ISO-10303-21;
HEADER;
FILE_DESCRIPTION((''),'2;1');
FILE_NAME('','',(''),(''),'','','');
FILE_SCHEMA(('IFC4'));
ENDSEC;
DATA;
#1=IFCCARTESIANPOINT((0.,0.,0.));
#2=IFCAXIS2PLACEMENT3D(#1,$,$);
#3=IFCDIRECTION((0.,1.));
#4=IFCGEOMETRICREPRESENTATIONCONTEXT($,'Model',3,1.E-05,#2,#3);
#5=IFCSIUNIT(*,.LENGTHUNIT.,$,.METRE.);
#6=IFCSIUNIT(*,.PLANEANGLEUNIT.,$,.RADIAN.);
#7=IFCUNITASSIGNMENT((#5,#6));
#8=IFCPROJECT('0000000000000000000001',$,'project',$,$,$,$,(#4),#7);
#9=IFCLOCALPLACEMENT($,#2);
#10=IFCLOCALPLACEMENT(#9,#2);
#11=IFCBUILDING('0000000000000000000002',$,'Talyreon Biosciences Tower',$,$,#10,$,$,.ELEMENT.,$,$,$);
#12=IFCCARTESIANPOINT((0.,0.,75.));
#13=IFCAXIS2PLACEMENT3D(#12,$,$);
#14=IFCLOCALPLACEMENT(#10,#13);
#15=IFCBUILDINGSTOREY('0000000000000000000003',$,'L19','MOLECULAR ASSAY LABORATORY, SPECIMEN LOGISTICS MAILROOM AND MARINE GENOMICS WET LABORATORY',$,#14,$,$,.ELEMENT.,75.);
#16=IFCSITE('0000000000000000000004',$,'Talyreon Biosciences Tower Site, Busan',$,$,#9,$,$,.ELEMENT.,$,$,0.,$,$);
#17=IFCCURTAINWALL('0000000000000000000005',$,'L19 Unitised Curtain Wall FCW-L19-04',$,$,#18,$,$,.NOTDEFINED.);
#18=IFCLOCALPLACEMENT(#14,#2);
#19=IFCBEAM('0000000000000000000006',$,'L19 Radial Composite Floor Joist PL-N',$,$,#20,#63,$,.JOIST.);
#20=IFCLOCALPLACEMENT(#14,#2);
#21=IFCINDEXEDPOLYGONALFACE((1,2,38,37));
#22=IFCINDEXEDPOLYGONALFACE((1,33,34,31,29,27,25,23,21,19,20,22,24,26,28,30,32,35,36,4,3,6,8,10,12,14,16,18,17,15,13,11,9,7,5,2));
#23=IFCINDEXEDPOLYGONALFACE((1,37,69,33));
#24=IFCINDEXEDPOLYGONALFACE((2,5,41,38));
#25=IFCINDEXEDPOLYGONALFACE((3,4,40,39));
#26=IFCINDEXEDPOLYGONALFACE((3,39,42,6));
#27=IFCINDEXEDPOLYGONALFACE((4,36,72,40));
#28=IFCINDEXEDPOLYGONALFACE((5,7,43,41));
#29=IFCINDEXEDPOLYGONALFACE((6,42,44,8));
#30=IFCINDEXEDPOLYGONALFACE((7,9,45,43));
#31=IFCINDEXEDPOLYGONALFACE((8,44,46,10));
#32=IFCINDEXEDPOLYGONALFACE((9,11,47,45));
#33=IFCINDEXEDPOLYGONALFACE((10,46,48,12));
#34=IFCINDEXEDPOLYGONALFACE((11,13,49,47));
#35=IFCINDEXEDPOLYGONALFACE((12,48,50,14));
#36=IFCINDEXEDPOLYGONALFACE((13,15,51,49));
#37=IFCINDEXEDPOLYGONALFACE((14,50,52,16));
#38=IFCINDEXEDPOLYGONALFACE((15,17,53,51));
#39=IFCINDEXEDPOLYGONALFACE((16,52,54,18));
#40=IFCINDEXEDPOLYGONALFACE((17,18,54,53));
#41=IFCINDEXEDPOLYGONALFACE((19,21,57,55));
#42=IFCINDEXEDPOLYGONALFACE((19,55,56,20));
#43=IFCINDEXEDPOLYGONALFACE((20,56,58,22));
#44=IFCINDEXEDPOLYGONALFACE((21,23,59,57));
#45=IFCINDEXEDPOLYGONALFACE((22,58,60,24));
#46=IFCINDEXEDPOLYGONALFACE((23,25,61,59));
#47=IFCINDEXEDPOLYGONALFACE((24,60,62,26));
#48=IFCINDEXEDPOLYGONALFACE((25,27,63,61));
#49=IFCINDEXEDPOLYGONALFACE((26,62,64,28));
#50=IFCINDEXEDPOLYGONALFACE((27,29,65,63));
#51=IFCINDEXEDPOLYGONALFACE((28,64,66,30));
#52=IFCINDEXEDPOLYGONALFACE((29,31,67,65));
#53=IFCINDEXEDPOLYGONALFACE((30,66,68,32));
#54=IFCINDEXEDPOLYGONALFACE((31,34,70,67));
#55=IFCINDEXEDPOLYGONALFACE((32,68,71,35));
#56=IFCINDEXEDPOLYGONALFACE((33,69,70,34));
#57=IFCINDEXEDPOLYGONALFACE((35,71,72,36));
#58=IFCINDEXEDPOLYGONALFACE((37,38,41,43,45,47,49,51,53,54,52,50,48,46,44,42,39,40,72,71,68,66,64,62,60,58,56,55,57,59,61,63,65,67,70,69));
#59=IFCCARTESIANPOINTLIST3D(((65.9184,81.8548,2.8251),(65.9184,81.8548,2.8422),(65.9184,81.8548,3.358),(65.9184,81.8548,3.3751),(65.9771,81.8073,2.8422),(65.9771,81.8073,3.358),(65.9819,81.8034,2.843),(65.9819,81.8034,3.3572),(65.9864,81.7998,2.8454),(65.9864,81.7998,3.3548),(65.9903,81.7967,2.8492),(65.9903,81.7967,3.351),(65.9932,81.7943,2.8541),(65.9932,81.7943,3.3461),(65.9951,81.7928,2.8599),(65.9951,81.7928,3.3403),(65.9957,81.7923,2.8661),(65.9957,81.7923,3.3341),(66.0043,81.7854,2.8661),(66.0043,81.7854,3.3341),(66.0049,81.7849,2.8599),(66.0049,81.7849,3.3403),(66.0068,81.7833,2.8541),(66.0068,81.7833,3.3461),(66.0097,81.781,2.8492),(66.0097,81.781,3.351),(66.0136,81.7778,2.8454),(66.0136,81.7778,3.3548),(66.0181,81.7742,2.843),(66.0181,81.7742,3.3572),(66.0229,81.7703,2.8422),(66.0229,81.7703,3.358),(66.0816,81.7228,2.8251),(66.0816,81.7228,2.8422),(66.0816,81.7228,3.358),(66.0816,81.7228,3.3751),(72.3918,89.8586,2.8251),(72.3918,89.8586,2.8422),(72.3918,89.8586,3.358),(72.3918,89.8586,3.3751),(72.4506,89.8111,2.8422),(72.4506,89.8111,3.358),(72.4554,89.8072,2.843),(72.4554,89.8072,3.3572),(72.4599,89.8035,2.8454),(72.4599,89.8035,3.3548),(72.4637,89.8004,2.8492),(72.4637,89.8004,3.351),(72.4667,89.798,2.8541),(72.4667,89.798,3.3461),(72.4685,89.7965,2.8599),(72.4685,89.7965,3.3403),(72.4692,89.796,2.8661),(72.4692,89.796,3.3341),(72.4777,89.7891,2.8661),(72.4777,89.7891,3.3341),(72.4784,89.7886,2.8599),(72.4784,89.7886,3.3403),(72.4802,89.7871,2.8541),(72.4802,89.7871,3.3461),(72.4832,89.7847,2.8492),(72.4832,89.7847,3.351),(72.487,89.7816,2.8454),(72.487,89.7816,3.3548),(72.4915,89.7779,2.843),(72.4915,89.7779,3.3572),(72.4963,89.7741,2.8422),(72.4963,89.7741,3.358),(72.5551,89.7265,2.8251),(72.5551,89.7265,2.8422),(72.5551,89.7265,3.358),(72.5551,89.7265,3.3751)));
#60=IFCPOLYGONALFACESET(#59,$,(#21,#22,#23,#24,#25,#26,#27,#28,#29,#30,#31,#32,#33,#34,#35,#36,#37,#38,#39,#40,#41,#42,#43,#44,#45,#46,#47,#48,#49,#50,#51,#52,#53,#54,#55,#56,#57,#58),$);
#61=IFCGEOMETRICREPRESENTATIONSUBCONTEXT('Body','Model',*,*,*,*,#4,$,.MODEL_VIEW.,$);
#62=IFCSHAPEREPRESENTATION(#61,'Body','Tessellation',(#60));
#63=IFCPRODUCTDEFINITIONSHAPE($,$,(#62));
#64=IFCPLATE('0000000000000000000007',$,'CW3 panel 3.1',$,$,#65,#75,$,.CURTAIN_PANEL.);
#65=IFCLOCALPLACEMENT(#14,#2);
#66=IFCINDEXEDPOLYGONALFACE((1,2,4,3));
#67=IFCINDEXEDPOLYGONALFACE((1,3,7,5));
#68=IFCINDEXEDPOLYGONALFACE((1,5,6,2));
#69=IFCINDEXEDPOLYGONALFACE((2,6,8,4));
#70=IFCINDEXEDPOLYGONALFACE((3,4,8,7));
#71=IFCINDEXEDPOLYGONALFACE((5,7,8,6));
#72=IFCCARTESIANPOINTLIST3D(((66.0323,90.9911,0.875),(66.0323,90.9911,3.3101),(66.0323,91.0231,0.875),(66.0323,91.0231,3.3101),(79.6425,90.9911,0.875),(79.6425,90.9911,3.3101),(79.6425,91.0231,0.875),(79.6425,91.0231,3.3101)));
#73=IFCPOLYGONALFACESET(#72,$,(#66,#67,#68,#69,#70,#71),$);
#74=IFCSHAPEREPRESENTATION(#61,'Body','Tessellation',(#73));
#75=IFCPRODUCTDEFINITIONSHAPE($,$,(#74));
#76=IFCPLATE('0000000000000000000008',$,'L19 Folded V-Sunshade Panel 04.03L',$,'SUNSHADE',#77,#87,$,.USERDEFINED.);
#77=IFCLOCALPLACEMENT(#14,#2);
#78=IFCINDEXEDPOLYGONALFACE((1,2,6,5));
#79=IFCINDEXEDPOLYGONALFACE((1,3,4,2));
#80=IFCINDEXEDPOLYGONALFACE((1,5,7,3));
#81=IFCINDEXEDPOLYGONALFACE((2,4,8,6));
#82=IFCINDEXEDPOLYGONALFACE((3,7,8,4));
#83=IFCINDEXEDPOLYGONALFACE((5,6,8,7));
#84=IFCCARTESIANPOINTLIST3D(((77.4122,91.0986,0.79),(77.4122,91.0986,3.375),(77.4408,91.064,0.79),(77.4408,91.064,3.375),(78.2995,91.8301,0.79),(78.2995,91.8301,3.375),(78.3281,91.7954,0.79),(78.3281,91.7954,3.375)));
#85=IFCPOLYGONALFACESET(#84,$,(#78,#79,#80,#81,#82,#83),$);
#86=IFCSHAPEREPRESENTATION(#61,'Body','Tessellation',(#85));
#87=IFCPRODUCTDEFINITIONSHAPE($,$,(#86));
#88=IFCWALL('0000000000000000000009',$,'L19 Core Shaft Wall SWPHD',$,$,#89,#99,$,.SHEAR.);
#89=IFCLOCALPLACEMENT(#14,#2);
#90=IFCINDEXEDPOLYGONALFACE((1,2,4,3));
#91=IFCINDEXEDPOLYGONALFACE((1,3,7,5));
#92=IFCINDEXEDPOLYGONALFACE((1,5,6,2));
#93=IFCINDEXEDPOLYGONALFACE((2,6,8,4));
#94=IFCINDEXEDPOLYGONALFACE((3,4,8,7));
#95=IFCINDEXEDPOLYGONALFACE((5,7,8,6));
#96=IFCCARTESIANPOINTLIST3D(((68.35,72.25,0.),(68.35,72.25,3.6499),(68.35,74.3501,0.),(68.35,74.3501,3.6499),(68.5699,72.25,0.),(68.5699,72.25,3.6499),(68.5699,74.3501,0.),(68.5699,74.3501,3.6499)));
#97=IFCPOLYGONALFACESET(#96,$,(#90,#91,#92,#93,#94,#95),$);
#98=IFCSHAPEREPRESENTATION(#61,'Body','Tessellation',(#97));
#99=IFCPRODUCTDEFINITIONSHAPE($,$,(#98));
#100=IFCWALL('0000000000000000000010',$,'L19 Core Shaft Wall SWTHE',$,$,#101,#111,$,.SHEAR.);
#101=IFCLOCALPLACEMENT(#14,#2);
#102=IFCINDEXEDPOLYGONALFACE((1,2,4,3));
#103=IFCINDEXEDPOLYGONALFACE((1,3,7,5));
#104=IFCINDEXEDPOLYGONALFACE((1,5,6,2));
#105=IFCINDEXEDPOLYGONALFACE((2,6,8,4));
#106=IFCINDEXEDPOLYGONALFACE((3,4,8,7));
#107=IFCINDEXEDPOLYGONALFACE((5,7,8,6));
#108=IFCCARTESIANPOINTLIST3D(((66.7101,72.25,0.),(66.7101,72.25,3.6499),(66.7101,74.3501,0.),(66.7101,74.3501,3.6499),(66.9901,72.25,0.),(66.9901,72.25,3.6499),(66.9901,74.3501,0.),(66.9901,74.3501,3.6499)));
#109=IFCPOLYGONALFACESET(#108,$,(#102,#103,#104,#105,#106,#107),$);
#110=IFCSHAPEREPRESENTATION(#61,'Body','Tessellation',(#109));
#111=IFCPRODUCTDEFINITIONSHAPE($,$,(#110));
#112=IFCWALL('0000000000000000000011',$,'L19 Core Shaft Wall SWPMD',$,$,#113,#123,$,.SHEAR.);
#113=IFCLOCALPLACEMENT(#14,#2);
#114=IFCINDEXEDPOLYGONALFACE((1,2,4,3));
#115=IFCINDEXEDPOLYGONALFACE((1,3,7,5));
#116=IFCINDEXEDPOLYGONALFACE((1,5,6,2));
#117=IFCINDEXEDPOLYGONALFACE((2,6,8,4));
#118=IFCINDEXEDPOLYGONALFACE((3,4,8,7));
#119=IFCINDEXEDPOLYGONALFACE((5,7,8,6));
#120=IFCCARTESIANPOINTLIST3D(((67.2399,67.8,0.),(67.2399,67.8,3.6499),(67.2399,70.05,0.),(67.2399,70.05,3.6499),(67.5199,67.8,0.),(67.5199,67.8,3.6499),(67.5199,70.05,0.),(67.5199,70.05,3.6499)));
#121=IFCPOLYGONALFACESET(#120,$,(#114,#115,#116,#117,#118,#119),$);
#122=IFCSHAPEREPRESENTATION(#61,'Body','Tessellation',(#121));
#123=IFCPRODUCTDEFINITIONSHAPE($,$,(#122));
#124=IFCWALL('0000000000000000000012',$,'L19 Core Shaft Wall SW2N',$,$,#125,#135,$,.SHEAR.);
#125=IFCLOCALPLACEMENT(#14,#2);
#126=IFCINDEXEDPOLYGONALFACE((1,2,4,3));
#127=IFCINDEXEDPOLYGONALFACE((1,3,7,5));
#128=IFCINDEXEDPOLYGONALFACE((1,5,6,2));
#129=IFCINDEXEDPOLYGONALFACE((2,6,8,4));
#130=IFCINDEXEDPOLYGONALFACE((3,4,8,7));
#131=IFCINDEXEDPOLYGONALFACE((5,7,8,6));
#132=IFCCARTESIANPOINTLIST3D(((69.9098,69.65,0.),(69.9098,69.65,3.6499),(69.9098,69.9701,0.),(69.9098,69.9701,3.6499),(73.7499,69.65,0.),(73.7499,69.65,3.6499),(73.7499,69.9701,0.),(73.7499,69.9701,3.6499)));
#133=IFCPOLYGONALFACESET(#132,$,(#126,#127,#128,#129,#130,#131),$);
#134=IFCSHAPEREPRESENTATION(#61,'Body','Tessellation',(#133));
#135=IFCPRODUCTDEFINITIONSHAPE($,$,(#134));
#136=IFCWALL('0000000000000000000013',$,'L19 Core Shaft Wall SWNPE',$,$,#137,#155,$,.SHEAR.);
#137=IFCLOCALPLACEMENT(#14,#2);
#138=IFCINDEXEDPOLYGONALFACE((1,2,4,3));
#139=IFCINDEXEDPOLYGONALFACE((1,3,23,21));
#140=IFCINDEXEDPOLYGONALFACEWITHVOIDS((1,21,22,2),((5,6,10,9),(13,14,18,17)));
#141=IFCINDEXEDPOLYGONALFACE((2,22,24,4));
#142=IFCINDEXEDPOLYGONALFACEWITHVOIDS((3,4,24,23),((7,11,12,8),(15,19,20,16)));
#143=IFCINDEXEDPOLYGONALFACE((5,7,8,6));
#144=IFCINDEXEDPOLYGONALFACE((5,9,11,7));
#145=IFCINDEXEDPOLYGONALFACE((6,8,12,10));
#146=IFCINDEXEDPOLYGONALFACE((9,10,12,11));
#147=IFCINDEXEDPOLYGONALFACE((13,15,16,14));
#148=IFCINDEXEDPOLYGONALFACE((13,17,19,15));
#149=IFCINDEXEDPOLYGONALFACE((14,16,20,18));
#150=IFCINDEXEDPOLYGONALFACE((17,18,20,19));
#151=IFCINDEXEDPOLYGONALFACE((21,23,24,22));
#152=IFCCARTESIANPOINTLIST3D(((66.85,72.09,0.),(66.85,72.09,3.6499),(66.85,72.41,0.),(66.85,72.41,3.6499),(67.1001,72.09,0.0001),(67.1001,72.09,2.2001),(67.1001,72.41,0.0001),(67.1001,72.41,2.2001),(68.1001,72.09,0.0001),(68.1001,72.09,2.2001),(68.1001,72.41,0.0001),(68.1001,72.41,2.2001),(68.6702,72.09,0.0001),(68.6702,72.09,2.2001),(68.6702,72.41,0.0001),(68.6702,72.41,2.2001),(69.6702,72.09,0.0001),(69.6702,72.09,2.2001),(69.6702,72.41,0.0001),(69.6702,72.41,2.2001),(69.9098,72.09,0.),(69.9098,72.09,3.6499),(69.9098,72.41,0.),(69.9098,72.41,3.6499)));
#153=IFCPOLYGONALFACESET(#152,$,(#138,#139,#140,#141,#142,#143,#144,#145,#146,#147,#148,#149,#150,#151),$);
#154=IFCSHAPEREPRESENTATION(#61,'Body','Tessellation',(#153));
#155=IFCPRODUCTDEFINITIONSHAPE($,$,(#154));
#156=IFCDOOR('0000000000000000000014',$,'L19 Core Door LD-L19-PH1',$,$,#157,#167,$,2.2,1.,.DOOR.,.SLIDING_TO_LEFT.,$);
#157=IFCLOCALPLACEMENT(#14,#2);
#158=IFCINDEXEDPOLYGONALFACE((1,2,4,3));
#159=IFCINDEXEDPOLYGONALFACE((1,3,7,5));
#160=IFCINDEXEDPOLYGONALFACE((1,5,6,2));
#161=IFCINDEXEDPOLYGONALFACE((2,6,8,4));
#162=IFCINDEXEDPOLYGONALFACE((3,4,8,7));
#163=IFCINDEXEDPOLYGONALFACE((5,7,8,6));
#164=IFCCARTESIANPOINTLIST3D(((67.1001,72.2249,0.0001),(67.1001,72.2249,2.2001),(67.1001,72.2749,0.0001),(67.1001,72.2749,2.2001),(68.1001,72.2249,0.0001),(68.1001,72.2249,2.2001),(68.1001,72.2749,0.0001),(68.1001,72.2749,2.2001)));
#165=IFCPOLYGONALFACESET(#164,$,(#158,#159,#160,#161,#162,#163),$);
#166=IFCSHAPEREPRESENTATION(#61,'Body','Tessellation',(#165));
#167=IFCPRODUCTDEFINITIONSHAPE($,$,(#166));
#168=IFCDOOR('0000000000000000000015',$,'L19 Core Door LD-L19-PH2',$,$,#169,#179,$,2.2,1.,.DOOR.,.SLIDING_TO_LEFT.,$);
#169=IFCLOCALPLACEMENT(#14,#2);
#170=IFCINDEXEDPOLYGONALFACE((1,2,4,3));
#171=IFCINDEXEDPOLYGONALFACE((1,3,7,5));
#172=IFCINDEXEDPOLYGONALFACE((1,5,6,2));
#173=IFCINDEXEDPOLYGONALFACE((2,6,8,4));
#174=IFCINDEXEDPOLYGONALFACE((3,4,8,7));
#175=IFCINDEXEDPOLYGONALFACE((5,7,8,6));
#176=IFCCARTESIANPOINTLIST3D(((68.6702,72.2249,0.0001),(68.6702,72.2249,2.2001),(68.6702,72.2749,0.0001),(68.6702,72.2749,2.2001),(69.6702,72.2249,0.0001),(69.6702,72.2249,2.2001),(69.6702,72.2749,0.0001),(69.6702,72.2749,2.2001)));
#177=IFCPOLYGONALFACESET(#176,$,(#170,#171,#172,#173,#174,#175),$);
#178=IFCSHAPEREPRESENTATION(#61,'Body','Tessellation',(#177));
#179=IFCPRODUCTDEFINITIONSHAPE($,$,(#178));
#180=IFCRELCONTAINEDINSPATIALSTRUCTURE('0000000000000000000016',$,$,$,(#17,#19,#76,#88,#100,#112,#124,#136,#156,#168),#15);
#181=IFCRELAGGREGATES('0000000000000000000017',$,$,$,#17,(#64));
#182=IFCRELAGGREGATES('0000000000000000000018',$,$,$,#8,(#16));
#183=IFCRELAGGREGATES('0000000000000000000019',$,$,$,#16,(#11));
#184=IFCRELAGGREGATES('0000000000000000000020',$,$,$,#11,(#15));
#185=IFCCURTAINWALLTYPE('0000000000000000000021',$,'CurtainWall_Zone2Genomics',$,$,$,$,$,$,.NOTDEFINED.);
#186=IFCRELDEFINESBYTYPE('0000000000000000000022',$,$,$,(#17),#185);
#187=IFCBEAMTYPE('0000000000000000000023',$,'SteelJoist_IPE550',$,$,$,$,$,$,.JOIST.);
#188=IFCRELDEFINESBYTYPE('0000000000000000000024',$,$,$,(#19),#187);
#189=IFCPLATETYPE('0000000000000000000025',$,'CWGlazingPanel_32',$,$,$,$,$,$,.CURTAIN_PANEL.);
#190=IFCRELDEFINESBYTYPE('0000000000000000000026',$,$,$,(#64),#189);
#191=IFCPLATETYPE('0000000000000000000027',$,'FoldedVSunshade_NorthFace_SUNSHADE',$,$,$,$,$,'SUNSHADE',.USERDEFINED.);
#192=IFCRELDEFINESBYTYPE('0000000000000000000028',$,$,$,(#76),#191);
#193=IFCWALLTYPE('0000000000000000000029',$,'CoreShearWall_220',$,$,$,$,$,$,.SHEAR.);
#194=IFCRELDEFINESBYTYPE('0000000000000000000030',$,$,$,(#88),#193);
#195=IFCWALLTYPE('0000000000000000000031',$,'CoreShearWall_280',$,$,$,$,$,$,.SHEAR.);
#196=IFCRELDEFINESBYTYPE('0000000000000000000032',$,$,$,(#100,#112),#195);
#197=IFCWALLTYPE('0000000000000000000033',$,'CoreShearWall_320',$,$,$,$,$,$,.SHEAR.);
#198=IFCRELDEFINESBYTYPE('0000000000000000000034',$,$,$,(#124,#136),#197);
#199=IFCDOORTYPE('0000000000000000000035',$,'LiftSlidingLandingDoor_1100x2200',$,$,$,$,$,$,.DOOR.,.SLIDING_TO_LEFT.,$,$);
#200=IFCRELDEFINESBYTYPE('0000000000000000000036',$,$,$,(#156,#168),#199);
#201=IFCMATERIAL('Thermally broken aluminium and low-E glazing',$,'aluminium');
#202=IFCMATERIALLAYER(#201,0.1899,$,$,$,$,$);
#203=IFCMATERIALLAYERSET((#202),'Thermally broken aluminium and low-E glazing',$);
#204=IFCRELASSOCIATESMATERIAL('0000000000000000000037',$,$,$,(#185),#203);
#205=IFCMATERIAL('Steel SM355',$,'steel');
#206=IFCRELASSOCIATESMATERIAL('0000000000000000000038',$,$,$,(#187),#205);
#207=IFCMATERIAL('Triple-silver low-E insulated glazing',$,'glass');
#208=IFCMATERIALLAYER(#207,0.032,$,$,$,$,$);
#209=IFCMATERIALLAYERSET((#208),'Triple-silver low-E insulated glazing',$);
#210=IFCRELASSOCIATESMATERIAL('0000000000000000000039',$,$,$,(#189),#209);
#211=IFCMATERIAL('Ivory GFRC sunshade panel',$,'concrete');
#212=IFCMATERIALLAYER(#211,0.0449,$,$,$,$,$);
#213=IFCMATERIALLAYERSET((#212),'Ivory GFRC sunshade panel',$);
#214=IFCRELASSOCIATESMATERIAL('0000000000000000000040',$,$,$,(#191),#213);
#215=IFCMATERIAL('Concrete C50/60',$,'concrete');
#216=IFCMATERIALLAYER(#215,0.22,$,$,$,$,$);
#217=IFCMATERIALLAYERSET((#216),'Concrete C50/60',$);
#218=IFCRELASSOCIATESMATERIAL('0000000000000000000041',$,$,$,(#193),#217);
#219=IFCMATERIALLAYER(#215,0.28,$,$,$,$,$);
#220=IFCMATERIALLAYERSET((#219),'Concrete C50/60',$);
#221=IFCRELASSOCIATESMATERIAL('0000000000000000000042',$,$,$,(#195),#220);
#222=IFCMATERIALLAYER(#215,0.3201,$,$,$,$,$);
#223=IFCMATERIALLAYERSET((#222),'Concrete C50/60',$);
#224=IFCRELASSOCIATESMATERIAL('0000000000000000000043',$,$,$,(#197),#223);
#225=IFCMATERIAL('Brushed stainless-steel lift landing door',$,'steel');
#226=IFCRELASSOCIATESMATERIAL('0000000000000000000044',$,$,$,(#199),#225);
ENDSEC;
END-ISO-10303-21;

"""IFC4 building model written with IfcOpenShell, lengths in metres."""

from ifc_helpers import new_model, si_unit, direction, frame, frame_2d, origin, origin_2d, place, context, subcontext, project, spatial, rectangle, i_section, extrude, material, layer, layer_set, material_profile, profile_set, type_object, element, fill, aggregate, save


model = new_model("IFC4")

# Units and contexts
model_context = context("Model", 3, precision=1e-05, world=origin(), true_north=direction((0.0, 1.0)))
body_context = subcontext(model_context, "Body", "Model", "MODEL_VIEW")
ifc_project = project(units=[si_unit("LENGTHUNIT", "METRE"), si_unit("PLANEANGLEUNIT", "RADIAN")], contexts=[model_context])

# Site, building, storey
site_placement = place(None, origin())
site = spatial("IfcSite", under=ifc_project, at=site_placement, Name="Talyreon Biosciences Tower Site, Busan", CompositionType="ELEMENT", RefElevation=0.0)
building_placement = place(site_placement, origin())
building = spatial("IfcBuilding", under=site, at=building_placement, Name="Talyreon Biosciences Tower", CompositionType="ELEMENT")
storey_placement = place(building_placement, frame((0.0, 0.0, 75.0)))
storey = spatial("IfcBuildingStorey", under=building, at=storey_placement, Name="L19", Description="MOLECULAR ASSAY LABORATORY, SPECIMEN LOGISTICS MAILROOM AND MARINE GENOMICS WET LABORATORY", CompositionType="ELEMENT", Elevation=75.0)

# Shared definitions
ifc_material_1 = material(Name="Concrete C50/60", Category="concrete")

# Curtain wall
ifc_material_2 = material(Name="Thermally broken aluminium and low-E glazing", Category="aluminium")
ifc_layer_1 = layer(ifc_material_2, 0.1899)
ifc_layer_set_1 = layer_set([ifc_layer_1], Name="Thermally broken aluminium and low-E glazing")
curtain_wall_type = type_object("IfcCurtainWallType", Name="CurtainWall_Zone2Genomics", PredefinedType="NOTDEFINED", material=ifc_layer_set_1)
curtain_wall_placement = place(storey_placement, origin())
curtain_wall = element("IfcCurtainWall", 1, at=curtain_wall_placement, inside=storey, type_object=curtain_wall_type, Name="L19 Unitised Curtain Wall FCW-L19-04", PredefinedType="NOTDEFINED")

# Beam
ifc_material_3 = material(Name="Steel SM355", Category="steel")
ifc_material_profile_1 = material_profile(ifc_material_3, i_section(OverallWidth=0.21, OverallDepth=0.55, WebThickness=0.011, FlangeThickness=0.0171, FilletRadius=0.0239, at=origin_2d()), Name="IPE550")
ifc_profile_set_1 = profile_set([ifc_material_profile_1], Name="Steel SM355")
beam_type_1 = type_object("IfcBeamType", Name="SteelJoist_IPE550", PredefinedType="JOIST", material=ifc_profile_set_1)
beam_1_placement = place(storey_placement, frame((66.0, 81.7888, 3.1001), z_axis=(0.62886, 0.777519, 0.0), x_axis=(-0.777519, 0.62886, 0.0)))
element("IfcBeam", 2, at=beam_1_placement, inside=storey, type_object=beam_type_1, Name="L19 Radial Composite Floor Joist PL-N", PredefinedType="JOIST", context=body_context, shape_type="SweptSolid", body=[
    extrude(i_section(OverallWidth=0.21, OverallDepth=0.55, WebThickness=0.011, FlangeThickness=0.0171, FilletRadius=0.0239, at=origin_2d()), origin(), (0.0, 0.0, 1.0), 10.2939),
])

# Plates
ifc_material_4 = material(Name="Triple-silver low-E insulated glazing", Category="glass")
ifc_layer_2 = layer(ifc_material_4, 0.032)
ifc_layer_set_2 = layer_set([ifc_layer_2], Name="Triple-silver low-E insulated glazing")
plate_type_1 = type_object("IfcPlateType", Name="CWGlazingPanel_32", PredefinedType="CURTAIN_PANEL", material=ifc_layer_set_2)
plate_1_placement = place(storey_placement, frame((72.8374, 91.0071, 0.875), z_axis=(0.0, 0.0, 1.0), x_axis=(1.0, 0.0, 0.0)))
plate_1 = element("IfcPlate", 3, at=plate_1_placement, type_object=plate_type_1, Name="CW3 panel 3.1", PredefinedType="CURTAIN_PANEL", context=body_context, shape_type="SweptSolid", body=[
    extrude(rectangle(XDim=13.6101, YDim=0.032, at=origin_2d()), origin(), (0.0, 0.0, 1.0), 2.4351),
])
aggregate(curtain_wall, [plate_1])
ifc_material_5 = material(Name="Ivory GFRC sunshade panel", Category="concrete")
ifc_layer_3 = layer(ifc_material_5, 0.0449)
ifc_layer_set_3 = layer_set([ifc_layer_3], Name="Ivory GFRC sunshade panel")
plate_type_2 = type_object("IfcPlateType", Name="FoldedVSunshade_NorthFace_SUNSHADE", ElementType="SUNSHADE", PredefinedType="USERDEFINED", material=ifc_layer_set_3)
plate_2_placement = place(storey_placement, frame((77.8701, 91.447, 0.79), z_axis=(0.0, 0.0, 1.0), x_axis=(0.771625, 0.636078, 0.0)))
element("IfcPlate", 4, at=plate_2_placement, inside=storey, type_object=plate_type_2, Name="L19 Folded V-Sunshade Panel 04.03L", ObjectType="SUNSHADE", PredefinedType="USERDEFINED", context=body_context, shape_type="SweptSolid", body=[
    extrude(rectangle(XDim=1.1499, YDim=0.0449, at=origin_2d()), origin(), (0.0, 0.0, 1.0), 2.585),
])

# Walls
ifc_layer_4 = layer(ifc_material_1, 0.22)
ifc_layer_set_4 = layer_set([ifc_layer_4], Name="Concrete C50/60")
wall_type_1 = type_object("IfcWallType", Name="CoreShearWall_220", PredefinedType="SHEAR", material=ifc_layer_set_4)
wall_1_placement = place(storey_placement, frame((68.46, 72.25, 0.0), z_axis=(0.0, 0.0, 1.0), x_axis=(0.0, 1.0, 0.0)))
element("IfcWall", 5, at=wall_1_placement, inside=storey, type_object=wall_type_1, Name="L19 Core Shaft Wall SWPHD", PredefinedType="SHEAR", context=body_context, shape_type="SweptSolid", body=[
    extrude(rectangle(XDim=2.1001, YDim=0.22, at=frame_2d((1.05, 0.0))), origin(), (0.0, 0.0, 1.0), 3.6499),
])
ifc_layer_5 = layer(ifc_material_1, 0.28)
ifc_layer_set_5 = layer_set([ifc_layer_5], Name="Concrete C50/60")
wall_type_2 = type_object("IfcWallType", Name="CoreShearWall_280", PredefinedType="SHEAR", material=ifc_layer_set_5)
wall_2_placement = place(storey_placement, frame((66.8501, 72.25, 0.0), z_axis=(0.0, 0.0, 1.0), x_axis=(0.0, 1.0, 0.0)))
element("IfcWall", 6, at=wall_2_placement, inside=storey, type_object=wall_type_2, Name="L19 Core Shaft Wall SWTHE", PredefinedType="SHEAR", context=body_context, shape_type="SweptSolid", body=[
    extrude(rectangle(XDim=2.1001, YDim=0.28, at=frame_2d((1.05, 0.0))), origin(), (0.0, 0.0, 1.0), 3.6499),
])
wall_3_placement = place(storey_placement, frame((67.3799, 67.8, 0.0), z_axis=(0.0, 0.0, 1.0), x_axis=(0.0, 1.0, 0.0)))
element("IfcWall", 7, at=wall_3_placement, inside=storey, type_object=wall_type_2, Name="L19 Core Shaft Wall SWPMD", PredefinedType="SHEAR", context=body_context, shape_type="SweptSolid", body=[
    extrude(rectangle(XDim=2.25, YDim=0.28, at=frame_2d((1.125, 0.0))), origin(), (0.0, 0.0, 1.0), 3.6499),
])
ifc_layer_6 = layer(ifc_material_1, 0.3201)
ifc_layer_set_6 = layer_set([ifc_layer_6], Name="Concrete C50/60")
wall_type_3 = type_object("IfcWallType", Name="CoreShearWall_320", PredefinedType="SHEAR", material=ifc_layer_set_6)
wall_4_placement = place(storey_placement, frame((69.9099, 69.8101, 0.0), z_axis=(0.0, 0.0, 1.0), x_axis=(1.0, 0.0, 0.0)))
element("IfcWall", 8, at=wall_4_placement, inside=storey, type_object=wall_type_3, Name="L19 Core Shaft Wall SW2N", PredefinedType="SHEAR", context=body_context, shape_type="SweptSolid", body=[
    extrude(rectangle(XDim=3.8401, YDim=0.3201, at=frame_2d((1.9199, 0.0))), origin(), (0.0, 0.0, 1.0), 3.6499),
])

# Wall, openings, doors
wall_5_placement = place(storey_placement, frame((66.8501, 72.25, 0.0), z_axis=(0.0, 0.0, 1.0), x_axis=(1.0, 0.0, 0.0)))
wall_5 = element("IfcWall", 9, at=wall_5_placement, inside=storey, type_object=wall_type_3, Name="L19 Core Shaft Wall SWNPE", PredefinedType="SHEAR", context=body_context, shape_type="SweptSolid", body=[
    extrude(rectangle(XDim=3.0598, YDim=0.3201, at=frame_2d((1.5298, 0.0))), origin(), (0.0, 0.0, 1.0), 3.6499),
])
opening_1_placement = place(wall_5_placement, frame((0.25, 0.0, 0.0)))
opening_1 = element("IfcOpeningElement", 10, at=opening_1_placement, cuts=wall_5, PredefinedType="OPENING", context=body_context, shape_type="SweptSolid", body=[
    extrude(rectangle(XDim=1.0, YDim=2.2, at=frame_2d((0.5, 1.1001))), frame((0.0, 0.1699, 0.0), z_axis=(0.0, -1.0, 0.0), x_axis=(1.0, 0.0, 0.0)), (0.0, 0.0, 1.0), 0.3401),
])
opening_2_placement = place(wall_5_placement, frame((1.8201, 0.0, 0.0)))
opening_2 = element("IfcOpeningElement", 11, at=opening_2_placement, cuts=wall_5, PredefinedType="OPENING", context=body_context, shape_type="SweptSolid", body=[
    extrude(rectangle(XDim=1.0, YDim=2.2, at=frame_2d((0.5, 1.1001))), frame((0.0, 0.1699, 0.0), z_axis=(0.0, -1.0, 0.0), x_axis=(1.0, 0.0, 0.0)), (0.0, 0.0, 1.0), 0.3401),
])
ifc_material_6 = material(Name="Brushed stainless-steel lift landing door", Category="steel")
door_type_1 = type_object("IfcDoorType", Name="LiftSlidingLandingDoor_1100x2200", OperationType="SLIDING_TO_LEFT", PredefinedType="DOOR", material=ifc_material_6)
door_1_placement = place(opening_1_placement, origin())
door_1 = element("IfcDoor", 12, at=door_1_placement, inside=storey, type_object=door_type_1, Name="L19 Core Door LD-L19-PH1", OperationType="SLIDING_TO_LEFT", OverallHeight=2.2, OverallWidth=1.0, PredefinedType="DOOR", context=body_context, shape_type="SweptSolid", body=[
    extrude(rectangle(XDim=1.0, YDim=2.2, at=frame_2d((0.5, 1.1001))), frame((0.0, 0.0249, 0.0), z_axis=(0.0, -1.0, 0.0), x_axis=(1.0, 0.0, 0.0)), (0.0, 0.0, 1.0), 0.05),
])
fill(opening_1, door_1)
door_2_placement = place(opening_2_placement, origin())
door_2 = element("IfcDoor", 13, at=door_2_placement, inside=storey, type_object=door_type_1, Name="L19 Core Door LD-L19-PH2", OperationType="SLIDING_TO_LEFT", OverallHeight=2.2, OverallWidth=1.0, PredefinedType="DOOR", context=body_context, shape_type="SweptSolid", body=[
    extrude(rectangle(XDim=1.0, YDim=2.2, at=frame_2d((0.5, 1.1001))), frame((0.0, 0.0249, 0.0), z_axis=(0.0, -1.0, 0.0), x_axis=(1.0, 0.0, 0.0)), (0.0, 0.0, 1.0), 0.05),
])
fill(opening_2, door_2)

save(model, "model.ifc")
